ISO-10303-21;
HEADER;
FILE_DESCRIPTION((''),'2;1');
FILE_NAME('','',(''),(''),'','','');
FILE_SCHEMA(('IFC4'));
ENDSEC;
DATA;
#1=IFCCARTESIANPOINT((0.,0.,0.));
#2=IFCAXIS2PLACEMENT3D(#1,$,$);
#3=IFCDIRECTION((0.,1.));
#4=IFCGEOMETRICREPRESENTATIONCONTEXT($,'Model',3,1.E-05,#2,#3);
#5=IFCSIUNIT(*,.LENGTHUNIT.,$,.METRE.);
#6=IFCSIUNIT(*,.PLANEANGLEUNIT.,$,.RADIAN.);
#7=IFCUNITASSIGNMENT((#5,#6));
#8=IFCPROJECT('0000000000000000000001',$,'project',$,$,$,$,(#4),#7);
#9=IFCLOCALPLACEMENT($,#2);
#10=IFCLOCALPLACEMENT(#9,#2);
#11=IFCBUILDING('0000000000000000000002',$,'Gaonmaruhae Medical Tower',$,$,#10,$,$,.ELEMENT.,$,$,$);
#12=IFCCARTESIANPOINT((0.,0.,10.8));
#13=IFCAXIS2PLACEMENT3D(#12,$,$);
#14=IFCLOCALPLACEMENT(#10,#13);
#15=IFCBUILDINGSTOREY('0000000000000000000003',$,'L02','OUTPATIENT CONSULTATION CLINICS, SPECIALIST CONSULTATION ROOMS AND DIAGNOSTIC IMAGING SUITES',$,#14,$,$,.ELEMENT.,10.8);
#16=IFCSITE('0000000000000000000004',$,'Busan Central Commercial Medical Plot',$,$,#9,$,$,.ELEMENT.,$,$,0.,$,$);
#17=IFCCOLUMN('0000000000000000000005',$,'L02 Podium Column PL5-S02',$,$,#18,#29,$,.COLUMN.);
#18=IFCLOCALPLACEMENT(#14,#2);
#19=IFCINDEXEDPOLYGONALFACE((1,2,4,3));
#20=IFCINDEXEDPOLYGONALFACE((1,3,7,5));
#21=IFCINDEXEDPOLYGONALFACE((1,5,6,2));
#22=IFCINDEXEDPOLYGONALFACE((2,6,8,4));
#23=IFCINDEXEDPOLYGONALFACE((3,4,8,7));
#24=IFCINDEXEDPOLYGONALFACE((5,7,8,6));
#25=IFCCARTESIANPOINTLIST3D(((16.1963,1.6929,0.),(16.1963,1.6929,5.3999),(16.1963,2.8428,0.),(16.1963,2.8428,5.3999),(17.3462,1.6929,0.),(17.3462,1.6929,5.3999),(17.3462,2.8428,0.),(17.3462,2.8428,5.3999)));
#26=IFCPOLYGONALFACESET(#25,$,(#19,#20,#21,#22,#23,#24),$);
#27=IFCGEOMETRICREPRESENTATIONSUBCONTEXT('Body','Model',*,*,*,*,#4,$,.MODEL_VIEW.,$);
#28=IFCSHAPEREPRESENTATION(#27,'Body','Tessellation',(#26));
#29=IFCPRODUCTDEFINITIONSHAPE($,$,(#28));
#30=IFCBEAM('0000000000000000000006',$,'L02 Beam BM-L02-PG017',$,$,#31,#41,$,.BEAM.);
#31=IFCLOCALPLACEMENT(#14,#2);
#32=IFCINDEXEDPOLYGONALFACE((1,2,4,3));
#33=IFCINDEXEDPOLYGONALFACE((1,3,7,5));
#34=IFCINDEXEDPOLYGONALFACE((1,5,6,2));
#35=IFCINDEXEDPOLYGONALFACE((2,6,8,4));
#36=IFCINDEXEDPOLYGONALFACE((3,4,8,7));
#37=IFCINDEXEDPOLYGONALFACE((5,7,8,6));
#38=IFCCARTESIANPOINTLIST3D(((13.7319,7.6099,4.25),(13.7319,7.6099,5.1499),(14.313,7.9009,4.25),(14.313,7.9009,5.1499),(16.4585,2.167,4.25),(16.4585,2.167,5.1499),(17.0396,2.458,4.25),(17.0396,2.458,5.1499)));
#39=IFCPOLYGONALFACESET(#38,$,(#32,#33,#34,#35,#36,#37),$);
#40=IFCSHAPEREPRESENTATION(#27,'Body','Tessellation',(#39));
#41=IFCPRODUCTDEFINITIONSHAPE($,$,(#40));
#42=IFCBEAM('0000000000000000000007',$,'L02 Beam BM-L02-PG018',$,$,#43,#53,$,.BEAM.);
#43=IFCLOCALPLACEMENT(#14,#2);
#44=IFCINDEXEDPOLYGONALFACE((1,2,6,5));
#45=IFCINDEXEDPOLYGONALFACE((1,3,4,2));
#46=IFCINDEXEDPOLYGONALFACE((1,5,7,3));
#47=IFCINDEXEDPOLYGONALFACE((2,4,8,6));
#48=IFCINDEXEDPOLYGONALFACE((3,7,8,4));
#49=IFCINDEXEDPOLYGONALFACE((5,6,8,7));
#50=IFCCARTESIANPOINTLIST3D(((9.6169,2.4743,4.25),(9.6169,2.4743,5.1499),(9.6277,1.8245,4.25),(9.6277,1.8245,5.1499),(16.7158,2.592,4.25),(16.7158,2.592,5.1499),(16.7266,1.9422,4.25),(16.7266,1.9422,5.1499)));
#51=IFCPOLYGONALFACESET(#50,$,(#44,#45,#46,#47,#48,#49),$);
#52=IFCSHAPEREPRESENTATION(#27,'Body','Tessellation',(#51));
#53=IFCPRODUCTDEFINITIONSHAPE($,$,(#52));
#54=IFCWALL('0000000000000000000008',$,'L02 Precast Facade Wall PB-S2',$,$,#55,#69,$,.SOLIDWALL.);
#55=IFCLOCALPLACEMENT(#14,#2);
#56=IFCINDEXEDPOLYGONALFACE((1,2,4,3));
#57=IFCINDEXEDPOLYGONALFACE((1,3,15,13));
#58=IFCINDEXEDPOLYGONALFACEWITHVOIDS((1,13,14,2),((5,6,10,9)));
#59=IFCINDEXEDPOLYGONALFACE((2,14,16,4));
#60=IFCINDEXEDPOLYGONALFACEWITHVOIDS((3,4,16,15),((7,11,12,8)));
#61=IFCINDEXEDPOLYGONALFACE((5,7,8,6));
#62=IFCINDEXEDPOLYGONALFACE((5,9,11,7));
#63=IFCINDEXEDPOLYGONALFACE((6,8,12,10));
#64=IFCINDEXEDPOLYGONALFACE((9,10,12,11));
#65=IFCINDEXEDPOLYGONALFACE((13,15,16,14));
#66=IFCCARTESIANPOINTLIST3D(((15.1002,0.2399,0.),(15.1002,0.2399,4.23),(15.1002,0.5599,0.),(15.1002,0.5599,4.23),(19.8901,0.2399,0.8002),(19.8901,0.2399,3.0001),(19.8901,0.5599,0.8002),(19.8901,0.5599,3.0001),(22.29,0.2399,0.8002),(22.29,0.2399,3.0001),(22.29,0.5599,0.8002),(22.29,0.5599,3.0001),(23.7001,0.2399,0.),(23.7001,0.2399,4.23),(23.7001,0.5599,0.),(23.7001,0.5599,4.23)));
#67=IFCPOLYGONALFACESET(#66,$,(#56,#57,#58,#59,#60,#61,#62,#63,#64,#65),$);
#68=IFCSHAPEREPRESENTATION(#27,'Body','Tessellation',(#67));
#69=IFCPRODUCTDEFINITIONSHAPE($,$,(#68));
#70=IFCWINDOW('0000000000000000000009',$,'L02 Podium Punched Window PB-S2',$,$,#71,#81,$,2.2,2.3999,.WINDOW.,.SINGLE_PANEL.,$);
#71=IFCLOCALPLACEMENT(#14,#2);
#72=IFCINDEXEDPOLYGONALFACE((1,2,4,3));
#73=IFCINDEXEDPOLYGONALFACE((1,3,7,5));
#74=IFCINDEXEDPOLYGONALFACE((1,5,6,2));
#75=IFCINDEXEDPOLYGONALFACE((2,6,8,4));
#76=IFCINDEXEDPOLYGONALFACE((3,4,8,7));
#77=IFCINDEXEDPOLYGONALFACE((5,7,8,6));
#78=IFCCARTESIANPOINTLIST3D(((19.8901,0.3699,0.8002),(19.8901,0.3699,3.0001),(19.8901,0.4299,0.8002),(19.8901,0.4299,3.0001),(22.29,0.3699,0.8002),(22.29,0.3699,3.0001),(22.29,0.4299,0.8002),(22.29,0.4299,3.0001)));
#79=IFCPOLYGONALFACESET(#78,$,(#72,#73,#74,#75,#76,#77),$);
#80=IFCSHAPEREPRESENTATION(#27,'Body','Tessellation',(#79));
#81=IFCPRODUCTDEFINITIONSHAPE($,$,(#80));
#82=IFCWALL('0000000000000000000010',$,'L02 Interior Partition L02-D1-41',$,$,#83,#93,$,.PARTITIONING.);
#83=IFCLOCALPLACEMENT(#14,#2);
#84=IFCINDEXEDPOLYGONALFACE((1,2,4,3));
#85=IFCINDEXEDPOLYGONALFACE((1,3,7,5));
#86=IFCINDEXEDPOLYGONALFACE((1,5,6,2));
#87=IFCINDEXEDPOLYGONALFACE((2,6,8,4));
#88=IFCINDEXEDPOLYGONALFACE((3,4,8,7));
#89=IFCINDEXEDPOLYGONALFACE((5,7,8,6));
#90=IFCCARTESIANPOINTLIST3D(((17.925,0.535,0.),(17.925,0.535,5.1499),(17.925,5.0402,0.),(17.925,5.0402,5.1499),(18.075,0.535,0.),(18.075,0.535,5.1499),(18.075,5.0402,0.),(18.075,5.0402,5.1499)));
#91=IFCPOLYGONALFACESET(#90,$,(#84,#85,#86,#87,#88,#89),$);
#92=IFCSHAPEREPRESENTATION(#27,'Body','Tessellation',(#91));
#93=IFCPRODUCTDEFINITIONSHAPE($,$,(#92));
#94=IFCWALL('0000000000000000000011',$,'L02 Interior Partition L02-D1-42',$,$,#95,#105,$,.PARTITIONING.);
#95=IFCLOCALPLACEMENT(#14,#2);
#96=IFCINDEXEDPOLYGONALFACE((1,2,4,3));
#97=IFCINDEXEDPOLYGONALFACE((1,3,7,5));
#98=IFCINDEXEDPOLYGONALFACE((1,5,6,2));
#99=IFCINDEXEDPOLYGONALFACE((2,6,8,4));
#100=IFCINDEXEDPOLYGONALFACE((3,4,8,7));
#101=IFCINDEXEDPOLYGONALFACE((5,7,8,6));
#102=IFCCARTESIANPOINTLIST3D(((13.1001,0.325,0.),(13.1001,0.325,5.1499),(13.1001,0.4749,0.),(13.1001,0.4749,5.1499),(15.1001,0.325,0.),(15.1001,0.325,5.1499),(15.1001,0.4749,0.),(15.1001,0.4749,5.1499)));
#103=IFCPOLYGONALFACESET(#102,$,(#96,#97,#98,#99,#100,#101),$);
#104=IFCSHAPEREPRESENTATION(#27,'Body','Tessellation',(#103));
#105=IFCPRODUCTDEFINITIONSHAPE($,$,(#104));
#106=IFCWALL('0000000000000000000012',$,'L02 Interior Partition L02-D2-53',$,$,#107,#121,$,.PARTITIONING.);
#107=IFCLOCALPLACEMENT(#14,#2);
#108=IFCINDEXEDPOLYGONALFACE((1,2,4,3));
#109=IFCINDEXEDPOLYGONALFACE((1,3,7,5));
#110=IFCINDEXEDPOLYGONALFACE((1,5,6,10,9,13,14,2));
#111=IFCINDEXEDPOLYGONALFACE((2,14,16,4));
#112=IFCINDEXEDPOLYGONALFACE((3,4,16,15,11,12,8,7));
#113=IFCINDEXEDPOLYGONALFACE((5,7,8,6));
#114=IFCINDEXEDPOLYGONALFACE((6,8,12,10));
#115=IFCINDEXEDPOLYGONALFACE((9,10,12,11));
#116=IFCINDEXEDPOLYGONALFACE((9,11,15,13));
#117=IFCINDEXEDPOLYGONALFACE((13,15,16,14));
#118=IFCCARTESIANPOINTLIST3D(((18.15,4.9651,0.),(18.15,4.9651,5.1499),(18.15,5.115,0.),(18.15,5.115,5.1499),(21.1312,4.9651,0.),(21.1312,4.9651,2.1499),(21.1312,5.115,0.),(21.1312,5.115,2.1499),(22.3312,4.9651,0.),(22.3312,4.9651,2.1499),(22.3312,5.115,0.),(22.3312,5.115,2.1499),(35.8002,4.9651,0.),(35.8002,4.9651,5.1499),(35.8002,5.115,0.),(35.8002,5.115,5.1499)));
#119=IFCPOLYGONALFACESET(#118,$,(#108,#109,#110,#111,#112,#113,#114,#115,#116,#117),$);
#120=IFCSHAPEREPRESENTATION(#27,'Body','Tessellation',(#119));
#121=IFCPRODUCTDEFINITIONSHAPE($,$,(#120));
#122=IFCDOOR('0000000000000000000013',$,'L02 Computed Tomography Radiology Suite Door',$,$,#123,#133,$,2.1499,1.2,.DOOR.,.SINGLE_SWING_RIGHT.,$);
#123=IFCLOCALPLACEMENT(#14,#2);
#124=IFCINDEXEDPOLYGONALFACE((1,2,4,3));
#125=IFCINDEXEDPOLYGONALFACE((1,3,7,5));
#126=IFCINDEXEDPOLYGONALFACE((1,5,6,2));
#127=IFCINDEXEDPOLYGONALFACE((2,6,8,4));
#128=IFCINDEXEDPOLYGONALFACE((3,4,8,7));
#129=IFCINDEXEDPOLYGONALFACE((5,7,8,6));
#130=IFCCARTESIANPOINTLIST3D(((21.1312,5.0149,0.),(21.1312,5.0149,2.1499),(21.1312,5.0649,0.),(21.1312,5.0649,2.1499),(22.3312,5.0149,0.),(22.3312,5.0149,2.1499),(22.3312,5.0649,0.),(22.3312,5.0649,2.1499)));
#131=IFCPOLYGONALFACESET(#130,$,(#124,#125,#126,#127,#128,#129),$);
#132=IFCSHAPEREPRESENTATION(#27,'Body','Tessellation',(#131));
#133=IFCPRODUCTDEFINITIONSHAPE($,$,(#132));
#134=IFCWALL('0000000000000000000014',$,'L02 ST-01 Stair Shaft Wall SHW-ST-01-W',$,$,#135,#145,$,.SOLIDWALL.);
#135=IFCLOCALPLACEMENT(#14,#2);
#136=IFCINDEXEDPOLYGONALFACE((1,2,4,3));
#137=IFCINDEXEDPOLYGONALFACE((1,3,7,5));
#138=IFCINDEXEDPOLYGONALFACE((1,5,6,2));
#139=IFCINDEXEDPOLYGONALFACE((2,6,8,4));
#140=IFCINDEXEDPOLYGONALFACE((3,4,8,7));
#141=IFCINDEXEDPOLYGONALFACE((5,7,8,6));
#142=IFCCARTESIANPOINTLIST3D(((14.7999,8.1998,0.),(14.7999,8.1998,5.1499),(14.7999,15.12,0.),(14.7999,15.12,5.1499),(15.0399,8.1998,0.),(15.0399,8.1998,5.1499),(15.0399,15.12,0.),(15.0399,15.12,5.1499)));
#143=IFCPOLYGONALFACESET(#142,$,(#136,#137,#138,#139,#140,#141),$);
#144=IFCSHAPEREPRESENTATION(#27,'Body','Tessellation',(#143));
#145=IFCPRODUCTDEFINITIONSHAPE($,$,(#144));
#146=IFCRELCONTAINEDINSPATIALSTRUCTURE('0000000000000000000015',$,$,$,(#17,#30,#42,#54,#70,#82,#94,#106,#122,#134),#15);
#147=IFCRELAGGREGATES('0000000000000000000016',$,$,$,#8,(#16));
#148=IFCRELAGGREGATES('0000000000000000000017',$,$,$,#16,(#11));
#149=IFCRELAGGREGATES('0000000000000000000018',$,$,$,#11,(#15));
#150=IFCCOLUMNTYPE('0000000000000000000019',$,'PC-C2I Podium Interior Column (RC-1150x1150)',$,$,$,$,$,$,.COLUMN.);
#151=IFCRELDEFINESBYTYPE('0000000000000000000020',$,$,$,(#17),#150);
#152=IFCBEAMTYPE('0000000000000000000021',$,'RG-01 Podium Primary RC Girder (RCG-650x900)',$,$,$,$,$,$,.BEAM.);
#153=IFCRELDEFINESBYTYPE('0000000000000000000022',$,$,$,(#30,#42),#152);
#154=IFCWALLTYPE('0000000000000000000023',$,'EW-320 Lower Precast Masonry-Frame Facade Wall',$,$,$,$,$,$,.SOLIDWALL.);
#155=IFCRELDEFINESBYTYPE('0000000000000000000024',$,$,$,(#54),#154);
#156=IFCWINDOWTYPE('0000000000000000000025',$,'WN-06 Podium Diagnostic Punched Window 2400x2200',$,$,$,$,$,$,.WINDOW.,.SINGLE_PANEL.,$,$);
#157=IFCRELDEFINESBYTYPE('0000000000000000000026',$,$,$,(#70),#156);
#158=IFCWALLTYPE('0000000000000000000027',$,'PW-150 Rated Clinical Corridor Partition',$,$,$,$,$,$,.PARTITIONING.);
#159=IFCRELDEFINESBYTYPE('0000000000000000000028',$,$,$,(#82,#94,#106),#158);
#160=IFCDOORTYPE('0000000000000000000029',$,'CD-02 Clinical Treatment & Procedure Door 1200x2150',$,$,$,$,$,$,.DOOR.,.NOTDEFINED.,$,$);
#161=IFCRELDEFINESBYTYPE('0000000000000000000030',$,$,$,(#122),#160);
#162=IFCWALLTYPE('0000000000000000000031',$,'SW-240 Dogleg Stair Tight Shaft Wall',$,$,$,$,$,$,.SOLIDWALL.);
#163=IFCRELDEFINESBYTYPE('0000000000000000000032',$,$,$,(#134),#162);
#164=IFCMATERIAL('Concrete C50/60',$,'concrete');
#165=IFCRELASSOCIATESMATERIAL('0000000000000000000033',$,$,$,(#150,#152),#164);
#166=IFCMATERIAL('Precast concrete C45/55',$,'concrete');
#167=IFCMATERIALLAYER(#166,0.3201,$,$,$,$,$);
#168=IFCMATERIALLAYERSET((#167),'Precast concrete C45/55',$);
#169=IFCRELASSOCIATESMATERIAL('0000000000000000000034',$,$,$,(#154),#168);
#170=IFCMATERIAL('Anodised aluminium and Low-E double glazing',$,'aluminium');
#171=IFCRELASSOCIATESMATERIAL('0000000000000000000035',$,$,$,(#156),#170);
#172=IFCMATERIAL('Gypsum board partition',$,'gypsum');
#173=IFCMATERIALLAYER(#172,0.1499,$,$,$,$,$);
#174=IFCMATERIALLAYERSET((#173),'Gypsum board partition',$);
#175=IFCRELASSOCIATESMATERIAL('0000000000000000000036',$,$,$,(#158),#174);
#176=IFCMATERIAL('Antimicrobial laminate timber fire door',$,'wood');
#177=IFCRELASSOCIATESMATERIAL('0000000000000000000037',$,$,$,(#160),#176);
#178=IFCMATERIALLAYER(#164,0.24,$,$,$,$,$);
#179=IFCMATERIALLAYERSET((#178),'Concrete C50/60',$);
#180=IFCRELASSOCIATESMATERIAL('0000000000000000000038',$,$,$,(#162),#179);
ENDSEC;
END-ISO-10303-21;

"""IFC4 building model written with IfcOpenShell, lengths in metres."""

from ifc_helpers import new_model, si_unit, direction, frame, frame_2d, origin, origin_2d, place, context, subcontext, project, spatial, rectangle, extrude, material, layer, layer_set, material_profile, profile_set, type_object, element, fill, save


model = new_model("IFC4")

# Units and contexts
model_context = context("Model", 3, precision=1e-05, world=origin(), true_north=direction((0.0, 1.0)))
body_context = subcontext(model_context, "Body", "Model", "MODEL_VIEW")
ifc_project = project(units=[si_unit("LENGTHUNIT", "METRE"), si_unit("PLANEANGLEUNIT", "RADIAN")], contexts=[model_context])

# Site, building, storey
site_placement = place(None, origin())
site = spatial("IfcSite", under=ifc_project, at=site_placement, Name="Busan Central Commercial Medical Plot", CompositionType="ELEMENT", RefElevation=0.0)
building_placement = place(site_placement, origin())
building = spatial("IfcBuilding", under=site, at=building_placement, Name="Gaonmaruhae Medical Tower", CompositionType="ELEMENT")
storey_placement = place(building_placement, frame((0.0, 0.0, 10.8)))
storey = spatial("IfcBuildingStorey", under=building, at=storey_placement, Name="L02", Description="OUTPATIENT CONSULTATION CLINICS, SPECIALIST CONSULTATION ROOMS AND DIAGNOSTIC IMAGING SUITES", CompositionType="ELEMENT", Elevation=10.8)

# Column
ifc_material_1 = material(Name="Concrete C50/60", Category="concrete")
ifc_material_profile_1 = material_profile(ifc_material_1, rectangle(XDim=1.1499, YDim=1.1499, at=origin_2d()), Name="RC-1150x1150")
ifc_profile_set_1 = profile_set([ifc_material_profile_1], Name="Concrete C50/60")
column_type = type_object("IfcColumnType", Name="PC-C2I Podium Interior Column (RC-1150x1150)", PredefinedType="COLUMN", material=ifc_profile_set_1)
column_placement = place(storey_placement, frame((16.7712, 2.2678, 0.0), z_axis=(0.0, 0.0, 1.0), x_axis=(1.0, 0.0, 0.0)))
element("IfcColumn", 1, at=column_placement, inside=storey, type_object=column_type, Name="L02 Podium Column PL5-S02", PredefinedType="COLUMN", context=body_context, shape_type="SweptSolid", body=[
    extrude(rectangle(XDim=1.1499, YDim=1.1499, at=origin_2d()), origin(), (0.0, 0.0, 1.0), 5.3999),
])

# Beams
ifc_material_profile_2 = material_profile(ifc_material_1, rectangle(XDim=0.6499, YDim=0.8999, at=origin_2d()), Name="RCG-650x900")
ifc_profile_set_2 = profile_set([ifc_material_profile_2], Name="Concrete C50/60")
beam_type = type_object("IfcBeamType", Name="RG-01 Podium Primary RC Girder (RCG-650x900)", PredefinedType="BEAM", material=ifc_profile_set_2)
beam_1_placement = place(storey_placement, frame((16.749, 2.3125, 4.7), z_axis=(-0.447887, 0.89409, 0.0), x_axis=(-0.89409, -0.447887, 0.0)))
element("IfcBeam", 2, at=beam_1_placement, inside=storey, type_object=beam_type, Name="L02 Beam BM-L02-PG017", PredefinedType="BEAM", context=body_context, shape_type="SweptSolid", body=[
    extrude(rectangle(XDim=0.6499, YDim=0.8999, at=origin_2d()), origin(), (0.0, 0.0, 1.0), 6.0876),
])
beam_2_placement = place(storey_placement, frame((16.7212, 2.2671, 4.7), z_axis=(-0.999863, -0.016574, 0.0), x_axis=(0.016574, -0.999863, 0.0)))
element("IfcBeam", 3, at=beam_2_placement, inside=storey, type_object=beam_type, Name="L02 Beam BM-L02-PG018", PredefinedType="BEAM", context=body_context, shape_type="SweptSolid", body=[
    extrude(rectangle(XDim=0.6499, YDim=0.8999, at=origin_2d()), origin(), (0.0, 0.0, 1.0), 7.0999),
])

# Wall, opening, window
ifc_material_2 = material(Name="Precast concrete C45/55", Category="concrete")
ifc_layer_1 = layer(ifc_material_2, 0.3201)
ifc_layer_set_1 = layer_set([ifc_layer_1], Name="Precast concrete C45/55")
wall_type_1 = type_object("IfcWallType", Name="EW-320 Lower Precast Masonry-Frame Facade Wall", PredefinedType="SOLIDWALL", material=ifc_layer_set_1)
wall_1_placement = place(storey_placement, frame((23.7, 0.3999, 0.0), z_axis=(0.0, 0.0, 1.0), x_axis=(-1.0, 0.0, 0.0)))
wall_1 = element("IfcWall", 4, at=wall_1_placement, inside=storey, type_object=wall_type_1, Name="L02 Precast Facade Wall PB-S2", PredefinedType="SOLIDWALL", context=body_context, shape_type="SweptSolid", body=[
    extrude(rectangle(XDim=8.5999, YDim=0.3201, at=frame_2d((4.2998, 0.0))), origin(), (0.0, 0.0, 1.0), 4.23),
])
opening_1_placement = place(wall_1_placement, frame((1.4099, 0.0, 0.8)))
opening_1 = element("IfcOpeningElement", 5, at=opening_1_placement, cuts=wall_1, PredefinedType="OPENING", context=body_context, shape_type="SweptSolid", body=[
    extrude(rectangle(XDim=2.3999, YDim=2.2, at=frame_2d((1.2, 1.1001))), frame((0.0, 0.1699, 0.0), z_axis=(0.0, -1.0, 0.0), x_axis=(1.0, 0.0, 0.0)), (0.0, 0.0, 1.0), 0.3401),
])
ifc_material_3 = material(Name="Anodised aluminium and Low-E double glazing", Category="aluminium")
window_type = type_object("IfcWindowType", Name="WN-06 Podium Diagnostic Punched Window 2400x2200", PartitioningType="SINGLE_PANEL", PredefinedType="WINDOW", material=ifc_material_3)
window_placement = place(opening_1_placement, origin())
window = element("IfcWindow", 6, at=window_placement, inside=storey, type_object=window_type, Name="L02 Podium Punched Window PB-S2", OverallHeight=2.2, OverallWidth=2.3999, PartitioningType="SINGLE_PANEL", PredefinedType="WINDOW", context=body_context, shape_type="SweptSolid", body=[
    extrude(rectangle(XDim=2.3999, YDim=2.2, at=frame_2d((1.2, 1.1001))), frame((0.0, 0.03, 0.0), z_axis=(0.0, -1.0, 0.0), x_axis=(1.0, 0.0, 0.0)), (0.0, 0.0, 1.0), 0.0601),
])
fill(opening_1, window)

# Walls
ifc_material_4 = material(Name="Gypsum board partition", Category="gypsum")
ifc_layer_2 = layer(ifc_material_4, 0.1499)
ifc_layer_set_2 = layer_set([ifc_layer_2], Name="Gypsum board partition")
wall_type_2 = type_object("IfcWallType", Name="PW-150 Rated Clinical Corridor Partition", PredefinedType="PARTITIONING", material=ifc_layer_set_2)
wall_2_placement = place(storey_placement, frame((18.0, 5.04, 0.0), z_axis=(0.0, 0.0, 1.0), x_axis=(0.0, -1.0, 0.0)))
element("IfcWall", 7, at=wall_2_placement, inside=storey, type_object=wall_type_2, Name="L02 Interior Partition L02-D1-41", PredefinedType="PARTITIONING", context=body_context, shape_type="SweptSolid", body=[
    extrude(rectangle(XDim=4.5051, YDim=0.1499, at=frame_2d((2.2524, 0.0))), origin(), (0.0, 0.0, 1.0), 5.1499),
])
wall_3_placement = place(storey_placement, frame((15.1001, 0.3999, 0.0), z_axis=(0.0, 0.0, 1.0), x_axis=(-1.0, 0.0, 0.0)))
element("IfcWall", 8, at=wall_3_placement, inside=storey, type_object=wall_type_2, Name="L02 Interior Partition L02-D1-42", PredefinedType="PARTITIONING", context=body_context, shape_type="SweptSolid", body=[
    extrude(rectangle(XDim=2.0, YDim=0.1499, at=frame_2d((1.0, 0.0))), origin(), (0.0, 0.0, 1.0), 5.1499),
])

# Wall, opening, door
wall_4_placement = place(storey_placement, frame((18.1499, 5.04, 0.0), z_axis=(0.0, 0.0, 1.0), x_axis=(1.0, 0.0, 0.0)))
wall_4 = element("IfcWall", 9, at=wall_4_placement, inside=storey, type_object=wall_type_2, Name="L02 Interior Partition L02-D2-53", PredefinedType="PARTITIONING", context=body_context, shape_type="SweptSolid", body=[
    extrude(rectangle(XDim=17.6501, YDim=0.1499, at=frame_2d((8.8252, 0.0))), origin(), (0.0, 0.0, 1.0), 5.1499),
])
opening_2_placement = place(wall_4_placement, frame((2.9812, 0.0, 0.0)))
opening_2 = element("IfcOpeningElement", 10, at=opening_2_placement, cuts=wall_4, PredefinedType="OPENING", context=body_context, shape_type="SweptSolid", body=[
    extrude(rectangle(XDim=1.2, YDim=2.1499, at=frame_2d((0.6001, 1.075))), frame((0.0, 0.085, 0.0), z_axis=(0.0, -1.0, 0.0), x_axis=(1.0, 0.0, 0.0)), (0.0, 0.0, 1.0), 0.1699),
])
ifc_material_5 = material(Name="Antimicrobial laminate timber fire door", Category="wood")
door_type = type_object("IfcDoorType", Name="CD-02 Clinical Treatment & Procedure Door 1200x2150", OperationType="NOTDEFINED", PredefinedType="DOOR", material=ifc_material_5)
door_placement = place(opening_2_placement, origin())
door = element("IfcDoor", 11, at=door_placement, inside=storey, type_object=door_type, Name="L02 Computed Tomography Radiology Suite Door", OperationType="SINGLE_SWING_RIGHT", OverallHeight=2.1499, OverallWidth=1.2, PredefinedType="DOOR", context=body_context, shape_type="SweptSolid", body=[
    extrude(rectangle(XDim=1.2, YDim=2.1499, at=frame_2d((0.6001, 1.075))), frame((0.0, 0.0249, 0.0), z_axis=(0.0, -1.0, 0.0), x_axis=(1.0, 0.0, 0.0)), (0.0, 0.0, 1.0), 0.05),
])
fill(opening_2, door)

# Wall
ifc_layer_3 = layer(ifc_material_1, 0.24)
ifc_layer_set_3 = layer_set([ifc_layer_3], Name="Concrete C50/60")
wall_type_3 = type_object("IfcWallType", Name="SW-240 Dogleg Stair Tight Shaft Wall", PredefinedType="SOLIDWALL", material=ifc_layer_set_3)
wall_5_placement = place(storey_placement, frame((14.9199, 8.2, 0.0), z_axis=(0.0, 0.0, 1.0), x_axis=(0.0, 1.0, 0.0)))
element("IfcWall", 12, at=wall_5_placement, inside=storey, type_object=wall_type_3, Name="L02 ST-01 Stair Shaft Wall SHW-ST-01-W", PredefinedType="SOLIDWALL", context=body_context, shape_type="SweptSolid", body=[
    extrude(rectangle(XDim=6.9202, YDim=0.24, at=frame_2d((3.46, 0.0))), origin(), (0.0, 0.0, 1.0), 5.1499),
])

save(model, "model.ifc")
